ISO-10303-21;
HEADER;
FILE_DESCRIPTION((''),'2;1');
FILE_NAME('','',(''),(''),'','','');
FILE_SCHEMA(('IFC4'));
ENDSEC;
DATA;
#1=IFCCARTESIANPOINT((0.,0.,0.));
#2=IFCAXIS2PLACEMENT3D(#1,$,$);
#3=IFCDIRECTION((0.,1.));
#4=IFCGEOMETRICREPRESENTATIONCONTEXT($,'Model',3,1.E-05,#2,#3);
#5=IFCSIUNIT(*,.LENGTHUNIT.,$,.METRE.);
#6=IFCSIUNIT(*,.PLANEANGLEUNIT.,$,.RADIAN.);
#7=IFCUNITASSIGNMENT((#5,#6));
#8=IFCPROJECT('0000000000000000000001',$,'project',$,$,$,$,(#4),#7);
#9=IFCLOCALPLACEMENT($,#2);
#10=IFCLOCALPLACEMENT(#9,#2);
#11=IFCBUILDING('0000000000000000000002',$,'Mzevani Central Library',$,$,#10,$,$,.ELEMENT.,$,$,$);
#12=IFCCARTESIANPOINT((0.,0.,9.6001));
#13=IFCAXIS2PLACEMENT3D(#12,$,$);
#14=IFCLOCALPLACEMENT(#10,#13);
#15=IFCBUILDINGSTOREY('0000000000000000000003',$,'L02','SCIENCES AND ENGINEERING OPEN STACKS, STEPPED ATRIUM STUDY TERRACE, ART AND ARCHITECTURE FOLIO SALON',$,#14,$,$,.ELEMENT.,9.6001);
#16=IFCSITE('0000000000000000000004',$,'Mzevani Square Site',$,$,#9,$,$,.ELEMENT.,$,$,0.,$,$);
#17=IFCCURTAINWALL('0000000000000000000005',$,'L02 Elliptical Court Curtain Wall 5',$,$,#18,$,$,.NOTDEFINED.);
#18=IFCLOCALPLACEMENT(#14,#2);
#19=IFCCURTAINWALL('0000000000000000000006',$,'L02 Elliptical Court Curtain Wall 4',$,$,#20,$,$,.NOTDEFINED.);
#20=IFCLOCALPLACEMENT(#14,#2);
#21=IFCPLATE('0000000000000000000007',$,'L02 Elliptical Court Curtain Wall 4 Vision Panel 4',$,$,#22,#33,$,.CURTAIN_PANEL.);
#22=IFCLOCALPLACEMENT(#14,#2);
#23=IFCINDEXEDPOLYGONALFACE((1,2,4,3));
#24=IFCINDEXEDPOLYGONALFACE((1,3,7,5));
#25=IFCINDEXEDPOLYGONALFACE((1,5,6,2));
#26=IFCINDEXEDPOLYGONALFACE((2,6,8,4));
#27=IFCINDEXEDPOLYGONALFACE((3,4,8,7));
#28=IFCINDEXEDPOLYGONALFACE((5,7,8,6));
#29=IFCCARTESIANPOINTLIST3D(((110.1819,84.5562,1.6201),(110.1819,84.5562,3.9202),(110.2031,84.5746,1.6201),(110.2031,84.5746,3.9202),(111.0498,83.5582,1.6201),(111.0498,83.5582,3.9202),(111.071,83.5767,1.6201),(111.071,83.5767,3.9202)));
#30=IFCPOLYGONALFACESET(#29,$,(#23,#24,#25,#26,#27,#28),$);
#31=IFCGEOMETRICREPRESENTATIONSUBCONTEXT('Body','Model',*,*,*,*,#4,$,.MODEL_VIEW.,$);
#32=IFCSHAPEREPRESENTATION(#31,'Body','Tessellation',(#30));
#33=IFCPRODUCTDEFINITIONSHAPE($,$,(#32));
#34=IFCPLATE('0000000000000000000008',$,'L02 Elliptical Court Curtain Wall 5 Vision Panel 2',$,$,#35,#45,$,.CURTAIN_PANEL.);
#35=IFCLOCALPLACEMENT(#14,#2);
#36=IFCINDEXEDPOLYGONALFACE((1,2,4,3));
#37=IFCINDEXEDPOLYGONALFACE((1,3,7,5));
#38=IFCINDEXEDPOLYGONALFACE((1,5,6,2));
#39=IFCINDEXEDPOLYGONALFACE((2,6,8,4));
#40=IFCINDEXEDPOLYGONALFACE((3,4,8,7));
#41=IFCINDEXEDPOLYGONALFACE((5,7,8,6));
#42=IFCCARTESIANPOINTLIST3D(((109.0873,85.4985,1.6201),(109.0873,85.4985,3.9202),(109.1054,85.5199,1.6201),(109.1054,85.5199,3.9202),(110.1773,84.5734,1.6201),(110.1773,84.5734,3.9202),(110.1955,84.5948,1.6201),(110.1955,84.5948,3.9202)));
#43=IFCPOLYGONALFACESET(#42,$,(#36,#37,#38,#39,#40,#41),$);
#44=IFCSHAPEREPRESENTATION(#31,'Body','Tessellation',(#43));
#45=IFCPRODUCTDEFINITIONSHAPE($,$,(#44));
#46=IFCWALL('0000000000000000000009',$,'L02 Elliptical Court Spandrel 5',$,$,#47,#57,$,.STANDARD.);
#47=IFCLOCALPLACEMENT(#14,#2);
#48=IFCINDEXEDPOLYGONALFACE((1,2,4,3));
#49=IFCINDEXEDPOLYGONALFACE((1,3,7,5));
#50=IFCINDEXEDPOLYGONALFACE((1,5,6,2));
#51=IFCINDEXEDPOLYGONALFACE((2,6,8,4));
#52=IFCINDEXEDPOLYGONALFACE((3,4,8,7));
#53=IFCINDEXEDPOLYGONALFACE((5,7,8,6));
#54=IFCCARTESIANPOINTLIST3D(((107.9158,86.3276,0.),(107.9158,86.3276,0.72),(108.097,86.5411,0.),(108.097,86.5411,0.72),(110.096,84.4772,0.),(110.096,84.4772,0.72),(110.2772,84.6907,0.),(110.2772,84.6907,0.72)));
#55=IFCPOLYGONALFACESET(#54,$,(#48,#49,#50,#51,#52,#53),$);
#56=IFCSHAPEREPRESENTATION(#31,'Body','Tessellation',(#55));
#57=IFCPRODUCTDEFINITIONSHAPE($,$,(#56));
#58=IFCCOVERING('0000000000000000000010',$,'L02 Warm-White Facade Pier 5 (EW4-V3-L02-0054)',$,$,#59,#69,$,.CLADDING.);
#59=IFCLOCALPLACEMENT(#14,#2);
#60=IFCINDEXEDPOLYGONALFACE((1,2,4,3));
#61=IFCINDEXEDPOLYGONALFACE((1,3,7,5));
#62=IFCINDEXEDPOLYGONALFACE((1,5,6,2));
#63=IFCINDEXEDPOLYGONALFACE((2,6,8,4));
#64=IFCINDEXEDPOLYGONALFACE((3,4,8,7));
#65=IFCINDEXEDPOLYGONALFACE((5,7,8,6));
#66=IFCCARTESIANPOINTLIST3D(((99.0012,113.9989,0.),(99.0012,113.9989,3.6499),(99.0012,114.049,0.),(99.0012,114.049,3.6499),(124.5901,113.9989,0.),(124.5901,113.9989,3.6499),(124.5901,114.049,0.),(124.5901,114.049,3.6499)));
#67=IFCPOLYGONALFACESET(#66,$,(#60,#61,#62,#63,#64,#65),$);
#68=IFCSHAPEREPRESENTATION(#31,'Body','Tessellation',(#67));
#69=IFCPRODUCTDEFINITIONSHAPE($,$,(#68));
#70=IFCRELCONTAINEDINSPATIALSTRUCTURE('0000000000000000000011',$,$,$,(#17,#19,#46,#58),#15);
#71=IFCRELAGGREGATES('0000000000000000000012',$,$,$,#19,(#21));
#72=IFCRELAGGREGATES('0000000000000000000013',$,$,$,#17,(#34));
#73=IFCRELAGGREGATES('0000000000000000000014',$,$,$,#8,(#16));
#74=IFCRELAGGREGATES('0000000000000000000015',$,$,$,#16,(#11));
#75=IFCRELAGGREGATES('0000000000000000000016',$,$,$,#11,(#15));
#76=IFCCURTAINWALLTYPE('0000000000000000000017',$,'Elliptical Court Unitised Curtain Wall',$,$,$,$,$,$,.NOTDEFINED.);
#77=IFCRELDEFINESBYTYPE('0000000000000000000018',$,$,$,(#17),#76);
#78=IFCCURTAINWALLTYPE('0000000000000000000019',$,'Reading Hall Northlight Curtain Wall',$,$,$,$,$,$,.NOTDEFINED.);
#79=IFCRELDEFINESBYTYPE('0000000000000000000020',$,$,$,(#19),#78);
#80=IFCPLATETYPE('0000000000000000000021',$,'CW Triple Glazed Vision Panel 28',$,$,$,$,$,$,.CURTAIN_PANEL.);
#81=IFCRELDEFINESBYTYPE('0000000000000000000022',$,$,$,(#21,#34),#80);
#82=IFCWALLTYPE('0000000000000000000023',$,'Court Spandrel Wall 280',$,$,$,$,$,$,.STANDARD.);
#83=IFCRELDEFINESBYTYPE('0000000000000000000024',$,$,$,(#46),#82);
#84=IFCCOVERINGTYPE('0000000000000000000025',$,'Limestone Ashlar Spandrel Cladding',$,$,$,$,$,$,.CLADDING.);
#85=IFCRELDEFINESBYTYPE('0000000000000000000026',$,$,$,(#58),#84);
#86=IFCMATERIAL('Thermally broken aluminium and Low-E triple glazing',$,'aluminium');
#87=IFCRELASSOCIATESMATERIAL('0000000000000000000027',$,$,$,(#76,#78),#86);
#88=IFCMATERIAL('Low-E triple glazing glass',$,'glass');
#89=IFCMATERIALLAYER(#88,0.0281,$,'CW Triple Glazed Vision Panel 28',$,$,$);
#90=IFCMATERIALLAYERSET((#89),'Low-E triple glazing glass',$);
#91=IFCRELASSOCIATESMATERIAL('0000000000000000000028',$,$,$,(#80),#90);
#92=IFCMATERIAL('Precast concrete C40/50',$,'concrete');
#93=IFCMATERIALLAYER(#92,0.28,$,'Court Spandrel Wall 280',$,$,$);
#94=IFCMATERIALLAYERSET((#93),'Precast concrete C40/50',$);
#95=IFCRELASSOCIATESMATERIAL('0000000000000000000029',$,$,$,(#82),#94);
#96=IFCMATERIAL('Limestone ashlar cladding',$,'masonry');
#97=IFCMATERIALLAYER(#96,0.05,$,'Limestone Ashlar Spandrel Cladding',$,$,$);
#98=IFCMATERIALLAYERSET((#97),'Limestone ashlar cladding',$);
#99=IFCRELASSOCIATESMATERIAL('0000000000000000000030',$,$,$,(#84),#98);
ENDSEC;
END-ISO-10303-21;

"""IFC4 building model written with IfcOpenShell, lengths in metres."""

from ifc_helpers import new_model, si_unit, direction, frame, frame_2d, origin, origin_2d, place, context, subcontext, project, spatial, rectangle, extrude, material, layer, layer_set, type_object, element, aggregate, save


model = new_model("IFC4")

# Units and contexts
model_context = context("Model", 3, precision=1e-05, world=origin(), true_north=direction((0.0, 1.0)))
body_context = subcontext(model_context, "Body", "Model", "MODEL_VIEW")
ifc_project = project(units=[si_unit("LENGTHUNIT", "METRE"), si_unit("PLANEANGLEUNIT", "RADIAN")], contexts=[model_context])

# Site, building, storey
site_placement = place(None, origin())
site = spatial("IfcSite", under=ifc_project, at=site_placement, Name="Mzevani Square Site", CompositionType="ELEMENT", RefElevation=0.0)
building_placement = place(site_placement, origin())
building = spatial("IfcBuilding", under=site, at=building_placement, Name="Mzevani Central Library", CompositionType="ELEMENT")
storey_placement = place(building_placement, frame((0.0, 0.0, 9.6001)))
storey = spatial("IfcBuildingStorey", under=building, at=storey_placement, Name="L02", Description="SCIENCES AND ENGINEERING OPEN STACKS, STEPPED ATRIUM STUDY TERRACE, ART AND ARCHITECTURE FOLIO SALON", CompositionType="ELEMENT", Elevation=9.6001)

# Curtain wall
ifc_material_1 = material(Name="Thermally broken aluminium and Low-E triple glazing", Category="aluminium")
curtain_wall_type_1 = type_object("IfcCurtainWallType", Name="Elliptical Court Unitised Curtain Wall", PredefinedType="NOTDEFINED", material=ifc_material_1)
curtain_wall_1_placement = place(storey_placement, origin())
curtain_wall_1 = element("IfcCurtainWall", 1, at=curtain_wall_1_placement, inside=storey, type_object=curtain_wall_type_1, Name="L02 Elliptical Court Curtain Wall 5", PredefinedType="NOTDEFINED")

# Curtain wall
curtain_wall_type_2 = type_object("IfcCurtainWallType", Name="Reading Hall Northlight Curtain Wall", PredefinedType="NOTDEFINED", material=ifc_material_1)
curtain_wall_2_placement = place(storey_placement, origin())
curtain_wall_2 = element("IfcCurtainWall", 2, at=curtain_wall_2_placement, inside=storey, type_object=curtain_wall_type_2, Name="L02 Elliptical Court Curtain Wall 4", PredefinedType="NOTDEFINED")

# Shared definitions
ifc_material_2 = material(Name="Precast concrete C40/50", Category="concrete")

# Plates
ifc_material_3 = material(Name="Low-E triple glazing glass", Category="glass")
ifc_layer_1 = layer(ifc_material_3, 0.0281, Name="CW Triple Glazed Vision Panel 28")
ifc_layer_set_1 = layer_set([ifc_layer_1], Name="Low-E triple glazing glass")
plate_type_1 = type_object("IfcPlateType", Name="CW Triple Glazed Vision Panel 28", PredefinedType="CURTAIN_PANEL", material=ifc_layer_set_1)
plate_1_placement = place(storey_placement, frame((110.6265, 84.0664, 1.6201), z_axis=(0.0, 0.0, 1.0), x_axis=(-0.656226, 0.754564, 0.0)))
plate_1 = element("IfcPlate", 3, at=plate_1_placement, type_object=plate_type_1, Name="L02 Elliptical Court Curtain Wall 4 Vision Panel 4", PredefinedType="CURTAIN_PANEL", context=body_context, shape_type="SweptSolid", body=[
    extrude(rectangle(XDim=1.3225, YDim=0.0281, at=origin_2d()), origin(), (0.0, 0.0, 1.0), 2.3),
])
aggregate(curtain_wall_2, [plate_1])
plate_2_placement = place(storey_placement, frame((109.6414, 85.0466, 1.6201), z_axis=(0.0, 0.0, 1.0), x_axis=(-0.762435, 0.647065, 0.0)))
plate_2 = element("IfcPlate", 4, at=plate_2_placement, type_object=plate_type_1, Name="L02 Elliptical Court Curtain Wall 5 Vision Panel 2", PredefinedType="CURTAIN_PANEL", context=body_context, shape_type="SweptSolid", body=[
    extrude(rectangle(XDim=1.4297, YDim=0.0281, at=origin_2d()), origin(), (0.0, 0.0, 1.0), 2.3),
])
aggregate(curtain_wall_1, [plate_2])

# Wall
ifc_layer_2 = layer(ifc_material_2, 0.28, Name="Court Spandrel Wall 280")
ifc_layer_set_2 = layer_set([ifc_layer_2], Name="Precast concrete C40/50")
wall_type = type_object("IfcWallType", Name="Court Spandrel Wall 280", PredefinedType="STANDARD", material=ifc_layer_set_2)
wall_placement = place(storey_placement, frame((110.1865, 84.584, 0.0), z_axis=(0.0, 0.0, 1.0), x_axis=(-0.762424, 0.647078, 0.0)))
element("IfcWall", 5, at=wall_placement, inside=storey, type_object=wall_type, Name="L02 Elliptical Court Spandrel 5", PredefinedType="STANDARD", context=body_context, shape_type="SweptSolid", body=[
    extrude(rectangle(XDim=2.8596, YDim=0.28, at=frame_2d((1.4297, 0.0))), origin(), (0.0, 0.0, 1.0), 0.72),
])

# Covering
ifc_material_4 = material(Name="Limestone ashlar cladding", Category="masonry")
ifc_layer_3 = layer(ifc_material_4, 0.05, Name="Limestone Ashlar Spandrel Cladding")
ifc_layer_set_3 = layer_set([ifc_layer_3], Name="Limestone ashlar cladding")
covering_type = type_object("IfcCoveringType", Name="Limestone Ashlar Spandrel Cladding", PredefinedType="CLADDING", material=ifc_layer_set_3)
covering_placement = place(storey_placement, frame((111.7957, 114.0239, 0.0), z_axis=(0.0, 0.0, 1.0), x_axis=(1.0, 0.0, 0.0)))
element("IfcCovering", 6, at=covering_placement, inside=storey, type_object=covering_type, Name="L02 Warm-White Facade Pier 5 (EW4-V3-L02-0054)", PredefinedType="CLADDING", context=body_context, shape_type="SweptSolid", body=[
    extrude(rectangle(XDim=25.5889, YDim=0.05, at=origin_2d()), origin(), (0.0, 0.0, 1.0), 3.6499),
])

save(model, "model.ifc")
